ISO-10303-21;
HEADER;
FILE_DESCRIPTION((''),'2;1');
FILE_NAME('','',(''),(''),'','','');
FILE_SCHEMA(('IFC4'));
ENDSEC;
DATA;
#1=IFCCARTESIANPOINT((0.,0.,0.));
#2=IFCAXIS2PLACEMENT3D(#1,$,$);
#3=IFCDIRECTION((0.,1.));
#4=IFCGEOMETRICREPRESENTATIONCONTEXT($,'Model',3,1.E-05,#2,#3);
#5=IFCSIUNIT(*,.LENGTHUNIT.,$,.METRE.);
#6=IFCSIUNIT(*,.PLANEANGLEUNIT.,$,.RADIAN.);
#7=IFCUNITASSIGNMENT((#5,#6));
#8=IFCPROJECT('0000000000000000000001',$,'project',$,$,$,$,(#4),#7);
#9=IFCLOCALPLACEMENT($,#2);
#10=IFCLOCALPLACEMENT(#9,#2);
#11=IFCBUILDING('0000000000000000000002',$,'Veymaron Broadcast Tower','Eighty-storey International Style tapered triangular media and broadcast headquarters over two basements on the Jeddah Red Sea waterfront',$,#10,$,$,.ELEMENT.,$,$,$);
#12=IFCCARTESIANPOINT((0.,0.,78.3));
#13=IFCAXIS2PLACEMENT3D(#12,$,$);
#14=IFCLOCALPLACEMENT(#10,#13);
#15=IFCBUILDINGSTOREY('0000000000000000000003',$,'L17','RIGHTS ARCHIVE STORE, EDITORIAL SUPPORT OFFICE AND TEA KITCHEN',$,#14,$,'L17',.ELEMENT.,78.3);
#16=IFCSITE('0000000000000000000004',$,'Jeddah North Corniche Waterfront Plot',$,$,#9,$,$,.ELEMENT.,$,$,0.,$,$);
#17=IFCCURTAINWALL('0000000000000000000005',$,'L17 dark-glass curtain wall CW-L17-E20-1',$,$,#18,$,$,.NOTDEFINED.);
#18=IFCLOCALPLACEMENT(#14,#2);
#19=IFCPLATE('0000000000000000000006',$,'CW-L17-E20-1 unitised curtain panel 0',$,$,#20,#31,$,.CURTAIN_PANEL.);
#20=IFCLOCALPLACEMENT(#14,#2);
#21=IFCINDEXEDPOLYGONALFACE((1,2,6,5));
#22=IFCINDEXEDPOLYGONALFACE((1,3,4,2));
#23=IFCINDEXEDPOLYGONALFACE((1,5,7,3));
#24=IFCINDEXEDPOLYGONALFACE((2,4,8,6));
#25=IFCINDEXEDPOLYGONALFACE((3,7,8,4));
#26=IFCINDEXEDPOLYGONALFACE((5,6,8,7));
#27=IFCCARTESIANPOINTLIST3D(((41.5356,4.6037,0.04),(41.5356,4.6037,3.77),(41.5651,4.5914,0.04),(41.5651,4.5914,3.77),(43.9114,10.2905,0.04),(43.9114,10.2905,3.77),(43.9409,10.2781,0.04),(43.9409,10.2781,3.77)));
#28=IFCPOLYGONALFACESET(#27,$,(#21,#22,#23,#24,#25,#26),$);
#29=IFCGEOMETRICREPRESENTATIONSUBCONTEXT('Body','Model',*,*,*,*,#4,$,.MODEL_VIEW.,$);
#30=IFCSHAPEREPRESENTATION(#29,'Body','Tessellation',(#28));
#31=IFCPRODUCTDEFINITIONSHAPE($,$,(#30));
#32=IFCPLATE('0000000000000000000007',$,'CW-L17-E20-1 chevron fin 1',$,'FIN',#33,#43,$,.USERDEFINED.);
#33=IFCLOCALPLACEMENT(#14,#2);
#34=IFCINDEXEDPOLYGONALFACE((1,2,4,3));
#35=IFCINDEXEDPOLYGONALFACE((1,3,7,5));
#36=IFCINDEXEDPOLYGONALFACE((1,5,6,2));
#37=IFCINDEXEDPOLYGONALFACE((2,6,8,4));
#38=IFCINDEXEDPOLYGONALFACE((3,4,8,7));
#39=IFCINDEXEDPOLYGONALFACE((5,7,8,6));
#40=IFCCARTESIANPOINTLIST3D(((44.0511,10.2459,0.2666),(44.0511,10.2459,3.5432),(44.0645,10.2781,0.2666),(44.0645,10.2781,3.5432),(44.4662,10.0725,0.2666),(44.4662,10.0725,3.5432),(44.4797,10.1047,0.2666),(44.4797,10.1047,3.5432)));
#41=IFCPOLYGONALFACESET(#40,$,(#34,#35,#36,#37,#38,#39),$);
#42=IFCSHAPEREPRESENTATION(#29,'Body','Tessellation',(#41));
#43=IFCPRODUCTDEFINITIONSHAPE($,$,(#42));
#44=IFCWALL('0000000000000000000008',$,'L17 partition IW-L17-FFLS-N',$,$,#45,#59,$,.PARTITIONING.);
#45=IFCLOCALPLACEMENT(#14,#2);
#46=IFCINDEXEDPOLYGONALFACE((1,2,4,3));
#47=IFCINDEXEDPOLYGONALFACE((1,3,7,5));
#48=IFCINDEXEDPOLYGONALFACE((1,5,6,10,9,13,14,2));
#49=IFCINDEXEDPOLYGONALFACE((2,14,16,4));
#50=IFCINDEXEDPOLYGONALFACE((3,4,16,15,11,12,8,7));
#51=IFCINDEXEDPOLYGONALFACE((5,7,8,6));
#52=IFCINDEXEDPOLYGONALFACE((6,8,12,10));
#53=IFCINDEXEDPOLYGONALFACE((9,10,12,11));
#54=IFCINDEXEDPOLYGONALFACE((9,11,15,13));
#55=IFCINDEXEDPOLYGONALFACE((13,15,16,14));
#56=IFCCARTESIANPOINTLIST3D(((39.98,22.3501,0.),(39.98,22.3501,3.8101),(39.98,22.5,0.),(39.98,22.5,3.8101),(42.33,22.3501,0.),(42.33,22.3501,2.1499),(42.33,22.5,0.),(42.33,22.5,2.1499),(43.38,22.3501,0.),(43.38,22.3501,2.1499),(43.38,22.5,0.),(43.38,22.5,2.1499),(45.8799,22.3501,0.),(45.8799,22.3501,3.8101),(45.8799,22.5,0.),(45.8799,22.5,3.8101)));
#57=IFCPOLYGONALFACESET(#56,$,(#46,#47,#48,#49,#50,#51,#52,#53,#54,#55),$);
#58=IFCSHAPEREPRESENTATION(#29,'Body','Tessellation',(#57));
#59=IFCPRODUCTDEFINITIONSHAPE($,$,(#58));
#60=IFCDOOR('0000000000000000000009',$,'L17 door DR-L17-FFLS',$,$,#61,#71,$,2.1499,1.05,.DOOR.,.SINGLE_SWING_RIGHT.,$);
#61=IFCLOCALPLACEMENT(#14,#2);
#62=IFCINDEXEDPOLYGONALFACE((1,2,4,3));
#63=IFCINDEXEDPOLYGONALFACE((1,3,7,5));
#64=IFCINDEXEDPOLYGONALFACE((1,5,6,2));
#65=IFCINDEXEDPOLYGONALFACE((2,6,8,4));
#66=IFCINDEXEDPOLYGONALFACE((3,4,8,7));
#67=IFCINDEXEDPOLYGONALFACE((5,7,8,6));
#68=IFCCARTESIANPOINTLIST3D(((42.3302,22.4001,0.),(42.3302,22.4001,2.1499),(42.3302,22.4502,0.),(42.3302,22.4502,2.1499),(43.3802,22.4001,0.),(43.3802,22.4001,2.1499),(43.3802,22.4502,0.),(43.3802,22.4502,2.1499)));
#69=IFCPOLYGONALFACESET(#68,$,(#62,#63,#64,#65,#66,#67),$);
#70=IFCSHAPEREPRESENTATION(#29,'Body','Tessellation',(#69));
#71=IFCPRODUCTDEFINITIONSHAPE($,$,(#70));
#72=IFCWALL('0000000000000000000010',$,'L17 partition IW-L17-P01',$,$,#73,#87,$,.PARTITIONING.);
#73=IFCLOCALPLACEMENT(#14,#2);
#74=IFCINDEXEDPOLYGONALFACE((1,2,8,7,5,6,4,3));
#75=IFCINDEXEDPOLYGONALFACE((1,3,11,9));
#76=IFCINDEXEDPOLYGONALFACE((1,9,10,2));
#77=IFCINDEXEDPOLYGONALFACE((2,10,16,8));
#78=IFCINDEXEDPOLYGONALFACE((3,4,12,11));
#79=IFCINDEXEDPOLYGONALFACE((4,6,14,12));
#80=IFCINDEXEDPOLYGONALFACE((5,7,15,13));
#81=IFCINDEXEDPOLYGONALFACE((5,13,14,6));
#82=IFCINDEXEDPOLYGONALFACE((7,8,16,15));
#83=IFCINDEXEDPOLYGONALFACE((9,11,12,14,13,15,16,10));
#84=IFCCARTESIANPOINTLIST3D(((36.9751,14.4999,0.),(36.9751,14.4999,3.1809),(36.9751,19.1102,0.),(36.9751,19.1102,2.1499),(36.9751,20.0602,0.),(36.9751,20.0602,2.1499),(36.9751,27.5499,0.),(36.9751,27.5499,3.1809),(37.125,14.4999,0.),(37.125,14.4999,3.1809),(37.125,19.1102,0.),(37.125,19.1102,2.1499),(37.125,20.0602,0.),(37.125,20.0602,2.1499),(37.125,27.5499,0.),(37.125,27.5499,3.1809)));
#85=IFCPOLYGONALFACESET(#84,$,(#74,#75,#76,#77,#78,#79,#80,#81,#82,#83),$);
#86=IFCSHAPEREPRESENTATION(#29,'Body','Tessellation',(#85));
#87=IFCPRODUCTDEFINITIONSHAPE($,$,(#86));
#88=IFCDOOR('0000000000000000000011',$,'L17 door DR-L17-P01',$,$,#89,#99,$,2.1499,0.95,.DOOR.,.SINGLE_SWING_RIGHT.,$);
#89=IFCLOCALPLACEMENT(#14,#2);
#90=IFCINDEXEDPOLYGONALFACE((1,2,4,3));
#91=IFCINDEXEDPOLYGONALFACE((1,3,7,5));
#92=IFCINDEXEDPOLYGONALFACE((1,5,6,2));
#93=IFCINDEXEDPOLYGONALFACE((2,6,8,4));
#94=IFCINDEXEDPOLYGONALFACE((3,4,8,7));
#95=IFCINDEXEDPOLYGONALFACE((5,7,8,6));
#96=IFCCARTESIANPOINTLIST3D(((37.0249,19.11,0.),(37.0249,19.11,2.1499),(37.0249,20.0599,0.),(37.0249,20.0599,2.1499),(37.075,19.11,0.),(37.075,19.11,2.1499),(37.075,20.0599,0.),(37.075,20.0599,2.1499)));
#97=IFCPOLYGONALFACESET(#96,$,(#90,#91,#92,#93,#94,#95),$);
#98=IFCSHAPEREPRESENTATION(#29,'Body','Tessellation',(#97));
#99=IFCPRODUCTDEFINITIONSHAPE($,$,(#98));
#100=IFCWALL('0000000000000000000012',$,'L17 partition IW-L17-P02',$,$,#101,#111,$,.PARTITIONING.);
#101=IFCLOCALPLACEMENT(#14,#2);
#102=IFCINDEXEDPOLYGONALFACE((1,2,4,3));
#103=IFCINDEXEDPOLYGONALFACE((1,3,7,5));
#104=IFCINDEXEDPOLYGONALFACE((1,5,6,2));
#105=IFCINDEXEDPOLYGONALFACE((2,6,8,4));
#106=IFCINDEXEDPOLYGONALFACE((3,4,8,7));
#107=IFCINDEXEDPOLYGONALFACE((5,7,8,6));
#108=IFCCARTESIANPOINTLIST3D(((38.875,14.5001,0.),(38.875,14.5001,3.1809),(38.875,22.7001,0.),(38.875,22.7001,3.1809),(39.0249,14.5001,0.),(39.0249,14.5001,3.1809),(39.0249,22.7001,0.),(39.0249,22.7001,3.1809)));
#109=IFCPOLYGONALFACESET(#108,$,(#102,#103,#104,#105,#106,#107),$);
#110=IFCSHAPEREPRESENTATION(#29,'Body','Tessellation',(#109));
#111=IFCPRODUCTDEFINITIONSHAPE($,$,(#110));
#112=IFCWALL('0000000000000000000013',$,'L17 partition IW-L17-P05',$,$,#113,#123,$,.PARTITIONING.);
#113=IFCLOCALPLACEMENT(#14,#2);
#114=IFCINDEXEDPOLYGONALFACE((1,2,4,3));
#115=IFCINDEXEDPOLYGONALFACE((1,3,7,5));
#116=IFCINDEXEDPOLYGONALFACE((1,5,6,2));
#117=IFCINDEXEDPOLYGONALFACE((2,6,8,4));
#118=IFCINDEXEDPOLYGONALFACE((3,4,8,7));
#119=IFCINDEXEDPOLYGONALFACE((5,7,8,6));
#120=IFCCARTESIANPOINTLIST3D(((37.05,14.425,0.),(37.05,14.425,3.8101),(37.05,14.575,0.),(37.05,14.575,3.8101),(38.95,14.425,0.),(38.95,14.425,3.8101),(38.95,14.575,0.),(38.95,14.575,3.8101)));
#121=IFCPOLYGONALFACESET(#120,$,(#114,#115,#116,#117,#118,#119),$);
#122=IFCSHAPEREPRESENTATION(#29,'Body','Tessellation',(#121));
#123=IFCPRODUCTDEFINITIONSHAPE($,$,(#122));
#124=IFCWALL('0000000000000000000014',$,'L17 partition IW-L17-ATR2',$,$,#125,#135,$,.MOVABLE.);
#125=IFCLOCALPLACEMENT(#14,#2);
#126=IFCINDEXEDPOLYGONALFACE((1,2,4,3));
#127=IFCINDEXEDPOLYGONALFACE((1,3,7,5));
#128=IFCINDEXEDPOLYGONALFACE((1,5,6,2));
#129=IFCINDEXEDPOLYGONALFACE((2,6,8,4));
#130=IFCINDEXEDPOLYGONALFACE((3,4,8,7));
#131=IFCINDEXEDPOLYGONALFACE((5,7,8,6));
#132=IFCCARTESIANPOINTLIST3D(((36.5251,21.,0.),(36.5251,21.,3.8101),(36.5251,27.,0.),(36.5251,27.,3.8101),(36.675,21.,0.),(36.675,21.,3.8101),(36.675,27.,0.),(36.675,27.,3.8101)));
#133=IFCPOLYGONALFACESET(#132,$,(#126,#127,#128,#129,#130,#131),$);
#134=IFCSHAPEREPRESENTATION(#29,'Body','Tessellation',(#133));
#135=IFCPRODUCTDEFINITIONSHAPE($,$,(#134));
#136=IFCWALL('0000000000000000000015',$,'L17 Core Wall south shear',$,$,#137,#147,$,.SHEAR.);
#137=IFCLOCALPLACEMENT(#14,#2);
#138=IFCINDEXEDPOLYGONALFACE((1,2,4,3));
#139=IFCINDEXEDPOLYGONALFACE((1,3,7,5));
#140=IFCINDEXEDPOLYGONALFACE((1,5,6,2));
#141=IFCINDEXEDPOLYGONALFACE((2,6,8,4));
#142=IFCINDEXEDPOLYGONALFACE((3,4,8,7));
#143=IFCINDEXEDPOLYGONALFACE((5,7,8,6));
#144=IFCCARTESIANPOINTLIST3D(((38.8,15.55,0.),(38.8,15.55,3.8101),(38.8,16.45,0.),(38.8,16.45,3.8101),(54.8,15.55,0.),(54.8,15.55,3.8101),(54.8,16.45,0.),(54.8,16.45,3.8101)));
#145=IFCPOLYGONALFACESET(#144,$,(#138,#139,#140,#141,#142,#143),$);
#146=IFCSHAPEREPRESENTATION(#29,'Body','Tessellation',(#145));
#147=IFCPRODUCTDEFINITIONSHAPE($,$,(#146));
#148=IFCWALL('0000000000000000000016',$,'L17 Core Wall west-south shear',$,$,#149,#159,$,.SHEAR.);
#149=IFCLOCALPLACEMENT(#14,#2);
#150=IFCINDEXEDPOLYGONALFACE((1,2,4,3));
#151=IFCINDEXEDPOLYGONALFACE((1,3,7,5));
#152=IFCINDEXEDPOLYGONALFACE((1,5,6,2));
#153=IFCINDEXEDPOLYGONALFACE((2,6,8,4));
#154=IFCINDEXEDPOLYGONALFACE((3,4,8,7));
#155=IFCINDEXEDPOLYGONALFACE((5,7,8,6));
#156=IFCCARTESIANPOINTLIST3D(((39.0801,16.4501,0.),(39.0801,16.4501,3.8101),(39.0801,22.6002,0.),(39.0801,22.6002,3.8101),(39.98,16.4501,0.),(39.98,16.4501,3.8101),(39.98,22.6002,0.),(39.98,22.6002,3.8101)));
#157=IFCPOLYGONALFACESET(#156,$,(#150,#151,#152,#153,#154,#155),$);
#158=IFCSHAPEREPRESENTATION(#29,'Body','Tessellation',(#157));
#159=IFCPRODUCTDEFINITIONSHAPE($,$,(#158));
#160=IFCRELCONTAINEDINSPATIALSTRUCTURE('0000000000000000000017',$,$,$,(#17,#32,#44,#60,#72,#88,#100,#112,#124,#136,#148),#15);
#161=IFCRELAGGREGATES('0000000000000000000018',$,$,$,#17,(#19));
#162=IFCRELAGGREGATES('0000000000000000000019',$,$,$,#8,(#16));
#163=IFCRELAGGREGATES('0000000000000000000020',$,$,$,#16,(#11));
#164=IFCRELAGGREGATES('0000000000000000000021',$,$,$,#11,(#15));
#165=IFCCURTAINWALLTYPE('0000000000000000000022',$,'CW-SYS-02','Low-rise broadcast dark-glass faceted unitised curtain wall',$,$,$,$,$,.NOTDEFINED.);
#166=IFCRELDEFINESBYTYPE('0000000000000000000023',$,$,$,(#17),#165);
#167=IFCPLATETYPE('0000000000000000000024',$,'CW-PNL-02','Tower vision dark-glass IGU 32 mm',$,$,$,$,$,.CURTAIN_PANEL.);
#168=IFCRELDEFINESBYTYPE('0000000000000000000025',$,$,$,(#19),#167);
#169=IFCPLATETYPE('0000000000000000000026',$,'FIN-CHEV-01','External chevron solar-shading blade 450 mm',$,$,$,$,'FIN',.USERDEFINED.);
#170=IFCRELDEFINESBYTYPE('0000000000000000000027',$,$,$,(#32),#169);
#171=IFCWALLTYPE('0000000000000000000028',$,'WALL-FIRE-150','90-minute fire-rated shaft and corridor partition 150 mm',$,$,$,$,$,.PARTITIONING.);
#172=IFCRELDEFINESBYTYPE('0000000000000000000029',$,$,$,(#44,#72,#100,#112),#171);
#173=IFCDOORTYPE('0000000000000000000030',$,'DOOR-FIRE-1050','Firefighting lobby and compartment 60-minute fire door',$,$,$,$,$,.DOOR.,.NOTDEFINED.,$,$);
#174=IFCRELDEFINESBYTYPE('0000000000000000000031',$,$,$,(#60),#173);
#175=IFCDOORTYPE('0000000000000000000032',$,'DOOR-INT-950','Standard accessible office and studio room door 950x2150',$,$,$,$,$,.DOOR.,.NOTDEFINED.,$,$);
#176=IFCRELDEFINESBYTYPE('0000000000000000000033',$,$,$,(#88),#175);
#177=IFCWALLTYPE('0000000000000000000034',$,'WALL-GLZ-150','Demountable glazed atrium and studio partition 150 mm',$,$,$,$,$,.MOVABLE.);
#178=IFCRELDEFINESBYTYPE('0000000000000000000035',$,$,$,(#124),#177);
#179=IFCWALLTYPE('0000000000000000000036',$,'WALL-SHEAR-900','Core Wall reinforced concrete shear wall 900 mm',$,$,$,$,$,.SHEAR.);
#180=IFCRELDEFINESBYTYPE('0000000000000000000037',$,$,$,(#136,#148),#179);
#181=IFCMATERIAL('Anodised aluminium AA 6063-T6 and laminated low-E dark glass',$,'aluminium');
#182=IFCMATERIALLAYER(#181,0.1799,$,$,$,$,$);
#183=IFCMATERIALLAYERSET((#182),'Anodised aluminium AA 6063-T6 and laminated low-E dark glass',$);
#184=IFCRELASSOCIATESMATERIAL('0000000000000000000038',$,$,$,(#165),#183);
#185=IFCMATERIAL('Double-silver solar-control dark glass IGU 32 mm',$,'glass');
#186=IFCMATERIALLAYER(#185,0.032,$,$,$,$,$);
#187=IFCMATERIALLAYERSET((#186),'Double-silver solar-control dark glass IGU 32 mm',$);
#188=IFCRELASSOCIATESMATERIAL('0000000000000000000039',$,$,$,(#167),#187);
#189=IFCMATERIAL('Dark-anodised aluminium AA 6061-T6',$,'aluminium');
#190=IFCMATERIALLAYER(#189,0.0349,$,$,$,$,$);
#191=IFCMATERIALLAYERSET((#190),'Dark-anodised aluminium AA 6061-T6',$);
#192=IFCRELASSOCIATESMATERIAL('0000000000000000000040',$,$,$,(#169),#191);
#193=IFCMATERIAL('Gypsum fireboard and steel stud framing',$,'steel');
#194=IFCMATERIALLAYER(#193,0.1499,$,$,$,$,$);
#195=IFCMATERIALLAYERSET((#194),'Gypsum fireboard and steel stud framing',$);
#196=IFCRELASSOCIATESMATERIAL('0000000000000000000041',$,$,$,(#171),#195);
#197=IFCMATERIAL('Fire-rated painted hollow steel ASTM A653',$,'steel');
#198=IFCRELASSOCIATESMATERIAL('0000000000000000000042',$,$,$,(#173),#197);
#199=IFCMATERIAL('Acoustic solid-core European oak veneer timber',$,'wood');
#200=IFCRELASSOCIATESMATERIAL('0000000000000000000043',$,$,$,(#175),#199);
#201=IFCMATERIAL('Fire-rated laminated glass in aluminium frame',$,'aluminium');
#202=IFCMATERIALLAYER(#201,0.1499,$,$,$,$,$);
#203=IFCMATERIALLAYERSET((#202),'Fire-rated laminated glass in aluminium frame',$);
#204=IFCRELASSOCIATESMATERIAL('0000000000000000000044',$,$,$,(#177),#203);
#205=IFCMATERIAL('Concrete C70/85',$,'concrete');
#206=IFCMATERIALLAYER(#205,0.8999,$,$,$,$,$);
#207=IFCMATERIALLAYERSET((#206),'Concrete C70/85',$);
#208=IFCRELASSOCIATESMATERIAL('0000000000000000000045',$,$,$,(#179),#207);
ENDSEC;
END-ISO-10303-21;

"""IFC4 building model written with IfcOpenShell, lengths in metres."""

from ifc_helpers import new_model, si_unit, direction, frame, frame_2d, origin, origin_2d, place, context, subcontext, project, spatial, rectangle, extrude, material, layer, layer_set, type_object, element, fill, aggregate, save


model = new_model("IFC4")

# Units and contexts
model_context = context("Model", 3, precision=1e-05, world=origin(), true_north=direction((0.0, 1.0)))
body_context = subcontext(model_context, "Body", "Model", "MODEL_VIEW")
ifc_project = project(units=[si_unit("LENGTHUNIT", "METRE"), si_unit("PLANEANGLEUNIT", "RADIAN")], contexts=[model_context])

# Site, building, storey
site_placement = place(None, origin())
site = spatial("IfcSite", under=ifc_project, at=site_placement, Name="Jeddah North Corniche Waterfront Plot", CompositionType="ELEMENT", RefElevation=0.0)
building_placement = place(site_placement, origin())
building = spatial("IfcBuilding", under=site, at=building_placement, Name="Veymaron Broadcast Tower", Description="Eighty-storey International Style tapered triangular media and broadcast headquarters over two basements on the Jeddah Red Sea waterfront", CompositionType="ELEMENT")
storey_placement = place(building_placement, frame((0.0, 0.0, 78.3)))
storey = spatial("IfcBuildingStorey", under=building, at=storey_placement, Name="L17", Description="RIGHTS ARCHIVE STORE, EDITORIAL SUPPORT OFFICE AND TEA KITCHEN", LongName="L17", CompositionType="ELEMENT", Elevation=78.3)

# Shared definitions
ifc_material_1 = material(Name="Concrete C70/85", Category="concrete")

# Curtain wall, plate
ifc_material_2 = material(Name="Anodised aluminium AA 6063-T6 and laminated low-E dark glass", Category="aluminium")
ifc_layer_1 = layer(ifc_material_2, 0.1799)
ifc_layer_set_1 = layer_set([ifc_layer_1], Name="Anodised aluminium AA 6063-T6 and laminated low-E dark glass")
curtain_wall_type = type_object("IfcCurtainWallType", Name="CW-SYS-02", Description="Low-rise broadcast dark-glass faceted unitised curtain wall", PredefinedType="NOTDEFINED", material=ifc_layer_set_1)
curtain_wall_placement = place(storey_placement, origin())
curtain_wall = element("IfcCurtainWall", 1, at=curtain_wall_placement, inside=storey, type_object=curtain_wall_type, Name="L17 dark-glass curtain wall CW-L17-E20-1", PredefinedType="NOTDEFINED")
ifc_material_3 = material(Name="Double-silver solar-control dark glass IGU 32 mm", Category="glass")
ifc_layer_2 = layer(ifc_material_3, 0.032)
ifc_layer_set_2 = layer_set([ifc_layer_2], Name="Double-silver solar-control dark glass IGU 32 mm")
plate_type_1 = type_object("IfcPlateType", Name="CW-PNL-02", Description="Tower vision dark-glass IGU 32 mm", PredefinedType="CURTAIN_PANEL", material=ifc_layer_set_2)
plate_1_placement = place(storey_placement, frame((42.7383, 7.4409, 0.04), z_axis=(0.0, 0.0, 1.0), x_axis=(0.385487, 0.922713, 0.0)))
plate_1 = element("IfcPlate", 2, at=plate_1_placement, type_object=plate_type_1, Name="CW-L17-E20-1 unitised curtain panel 0", PredefinedType="CURTAIN_PANEL", context=body_context, shape_type="SweptSolid", body=[
    extrude(rectangle(XDim=6.1631, YDim=0.032, at=origin_2d()), origin(), (0.0, 0.0, 1.0), 3.73),
])
aggregate(curtain_wall, [plate_1])

# Plate
ifc_material_4 = material(Name="Dark-anodised aluminium AA 6061-T6", Category="aluminium")
ifc_layer_3 = layer(ifc_material_4, 0.0349)
ifc_layer_set_3 = layer_set([ifc_layer_3], Name="Dark-anodised aluminium AA 6061-T6")
plate_type_2 = type_object("IfcPlateType", Name="FIN-CHEV-01", Description="External chevron solar-shading blade 450 mm", ElementType="FIN", PredefinedType="USERDEFINED", material=ifc_layer_set_3)
plate_2_placement = place(storey_placement, frame((44.2654, 10.1753, 0.2666), z_axis=(0.0, 0.0, 1.0), x_axis=(0.922713, -0.385487, 0.0)))
element("IfcPlate", 3, at=plate_2_placement, inside=storey, type_object=plate_type_2, Name="CW-L17-E20-1 chevron fin 1", ObjectType="FIN", PredefinedType="USERDEFINED", context=body_context, shape_type="SweptSolid", body=[
    extrude(rectangle(XDim=0.45, YDim=0.0349, at=origin_2d()), origin(), (0.0, 0.0, 1.0), 3.2766),
])

# Walls, openings, doors
ifc_material_5 = material(Name="Gypsum fireboard and steel stud framing", Category="steel")
ifc_layer_4 = layer(ifc_material_5, 0.1499)
ifc_layer_set_4 = layer_set([ifc_layer_4], Name="Gypsum fireboard and steel stud framing")
wall_type_1 = type_object("IfcWallType", Name="WALL-FIRE-150", Description="90-minute fire-rated shaft and corridor partition 150 mm", PredefinedType="PARTITIONING", material=ifc_layer_set_4)
wall_1_placement = place(storey_placement, frame((39.98, 22.425, 0.0), z_axis=(0.0, 0.0, 1.0), x_axis=(1.0, 0.0, 0.0)))
wall_1 = element("IfcWall", 4, at=wall_1_placement, inside=storey, type_object=wall_type_1, Name="L17 partition IW-L17-FFLS-N", PredefinedType="PARTITIONING", context=body_context, shape_type="SweptSolid", body=[
    extrude(rectangle(XDim=5.8999, YDim=0.1499, at=frame_2d((2.95, 0.0))), origin(), (0.0, 0.0, 1.0), 3.8101),
])
opening_1_placement = place(wall_1_placement, frame((2.3501, 0.0, 0.0)))
opening_1 = element("IfcOpeningElement", 5, at=opening_1_placement, cuts=wall_1, PredefinedType="OPENING", context=body_context, shape_type="SweptSolid", body=[
    extrude(rectangle(XDim=1.05, YDim=2.1499, at=frame_2d((0.5249, 1.075))), frame((0.0, 0.085, 0.0), z_axis=(0.0, -1.0, 0.0), x_axis=(1.0, 0.0, 0.0)), (0.0, 0.0, 1.0), 0.1699),
])
ifc_material_6 = material(Name="Fire-rated painted hollow steel ASTM A653", Category="steel")
door_type_1 = type_object("IfcDoorType", Name="DOOR-FIRE-1050", Description="Firefighting lobby and compartment 60-minute fire door", OperationType="NOTDEFINED", PredefinedType="DOOR", material=ifc_material_6)
door_1_placement = place(opening_1_placement, frame((1.05, 0.0, 0.0), z_axis=(0.0, 0.0, 1.0), x_axis=(-1.0, 0.0, 0.0)))
door_1 = element("IfcDoor", 6, at=door_1_placement, inside=storey, type_object=door_type_1, Name="L17 door DR-L17-FFLS", OperationType="SINGLE_SWING_RIGHT", OverallHeight=2.1499, OverallWidth=1.05, PredefinedType="DOOR", context=body_context, shape_type="SweptSolid", body=[
    extrude(rectangle(XDim=1.05, YDim=2.1499, at=frame_2d((0.5249, 1.075))), frame((0.0, 0.0249, 0.0), z_axis=(0.0, -1.0, 0.0), x_axis=(1.0, 0.0, 0.0)), (0.0, 0.0, 1.0), 0.05),
])
fill(opening_1, door_1)
wall_2_placement = place(storey_placement, frame((37.05, 14.5, 0.0), z_axis=(0.0, 0.0, 1.0), x_axis=(0.0, 1.0, 0.0)))
wall_2 = element("IfcWall", 7, at=wall_2_placement, inside=storey, type_object=wall_type_1, Name="L17 partition IW-L17-P01", PredefinedType="PARTITIONING", context=body_context, shape_type="SweptSolid", body=[
    extrude(rectangle(XDim=13.05, YDim=0.1499, at=frame_2d((6.5249, 0.0))), origin(), (0.0, 0.0, 1.0), 3.1809),
])
opening_2_placement = place(wall_2_placement, frame((4.6101, 0.0, 0.0)))
opening_2 = element("IfcOpeningElement", 8, at=opening_2_placement, cuts=wall_2, PredefinedType="OPENING", context=body_context, shape_type="SweptSolid", body=[
    extrude(rectangle(XDim=0.95, YDim=2.1499, at=frame_2d((0.4751, 1.075))), frame((0.0, 0.085, 0.0), z_axis=(0.0, -1.0, 0.0), x_axis=(1.0, 0.0, 0.0)), (0.0, 0.0, 1.0), 0.1699),
])
ifc_material_7 = material(Name="Acoustic solid-core European oak veneer timber", Category="wood")
door_type_2 = type_object("IfcDoorType", Name="DOOR-INT-950", Description="Standard accessible office and studio room door 950x2150", OperationType="NOTDEFINED", PredefinedType="DOOR", material=ifc_material_7)
door_2_placement = place(opening_2_placement, frame((0.95, 0.0, 0.0), z_axis=(0.0, 0.0, 1.0), x_axis=(-1.0, 0.0, 0.0)))
door_2 = element("IfcDoor", 9, at=door_2_placement, inside=storey, type_object=door_type_2, Name="L17 door DR-L17-P01", OperationType="SINGLE_SWING_RIGHT", OverallHeight=2.1499, OverallWidth=0.95, PredefinedType="DOOR", context=body_context, shape_type="SweptSolid", body=[
    extrude(rectangle(XDim=0.95, YDim=2.1499, at=frame_2d((0.4751, 1.075))), frame((0.0, 0.0249, 0.0), z_axis=(0.0, -1.0, 0.0), x_axis=(1.0, 0.0, 0.0)), (0.0, 0.0, 1.0), 0.05),
])
fill(opening_2, door_2)

# Walls
wall_3_placement = place(storey_placement, frame((38.95, 14.5, 0.0), z_axis=(0.0, 0.0, 1.0), x_axis=(0.0, 1.0, 0.0)))
element("IfcWall", 10, at=wall_3_placement, inside=storey, type_object=wall_type_1, Name="L17 partition IW-L17-P02", PredefinedType="PARTITIONING", context=body_context, shape_type="SweptSolid", body=[
    extrude(rectangle(XDim=8.2, YDim=0.1499, at=frame_2d((4.1001, 0.0))), origin(), (0.0, 0.0, 1.0), 3.1809),
])
wall_4_placement = place(storey_placement, frame((37.05, 14.5, 0.0), z_axis=(0.0, 0.0, 1.0), x_axis=(1.0, 0.0, 0.0)))
element("IfcWall", 11, at=wall_4_placement, inside=storey, type_object=wall_type_1, Name="L17 partition IW-L17-P05", PredefinedType="PARTITIONING", context=body_context, shape_type="SweptSolid", body=[
    extrude(rectangle(XDim=1.8999, YDim=0.1499, at=frame_2d((0.95, 0.0))), origin(), (0.0, 0.0, 1.0), 3.8101),
])
ifc_material_8 = material(Name="Fire-rated laminated glass in aluminium frame", Category="aluminium")
ifc_layer_5 = layer(ifc_material_8, 0.1499)
ifc_layer_set_5 = layer_set([ifc_layer_5], Name="Fire-rated laminated glass in aluminium frame")
wall_type_2 = type_object("IfcWallType", Name="WALL-GLZ-150", Description="Demountable glazed atrium and studio partition 150 mm", PredefinedType="MOVABLE", material=ifc_layer_set_5)
wall_5_placement = place(storey_placement, frame((36.6001, 21.0, 0.0), z_axis=(0.0, 0.0, 1.0), x_axis=(0.0, 1.0, 0.0)))
element("IfcWall", 12, at=wall_5_placement, inside=storey, type_object=wall_type_2, Name="L17 partition IW-L17-ATR2", PredefinedType="MOVABLE", context=body_context, shape_type="SweptSolid", body=[
    extrude(rectangle(XDim=6.0, YDim=0.1499, at=frame_2d((3.0, 0.0))), origin(), (0.0, 0.0, 1.0), 3.8101),
])

# Walls
ifc_layer_6 = layer(ifc_material_1, 0.8999)
ifc_layer_set_6 = layer_set([ifc_layer_6], Name="Concrete C70/85")
wall_type_3 = type_object("IfcWallType", Name="WALL-SHEAR-900", Description="Core Wall reinforced concrete shear wall 900 mm", PredefinedType="SHEAR", material=ifc_layer_set_6)
wall_6_placement = place(storey_placement, frame((38.8, 16.0, 0.0), z_axis=(0.0, 0.0, 1.0), x_axis=(1.0, 0.0, 0.0)))
element("IfcWall", 13, at=wall_6_placement, inside=storey, type_object=wall_type_3, Name="L17 Core Wall south shear", PredefinedType="SHEAR", context=body_context, shape_type="SweptSolid", body=[
    extrude(rectangle(XDim=16.0, YDim=0.8999, at=frame_2d((8.0, 0.0))), origin(), (0.0, 0.0, 1.0), 3.8101),
])
wall_7_placement = place(storey_placement, frame((39.53, 16.45, 0.0), z_axis=(0.0, 0.0, 1.0), x_axis=(0.0, 1.0, 0.0)))
element("IfcWall", 14, at=wall_7_placement, inside=storey, type_object=wall_type_3, Name="L17 Core Wall west-south shear", PredefinedType="SHEAR", context=body_context, shape_type="SweptSolid", body=[
    extrude(rectangle(XDim=6.1501, YDim=0.8999, at=frame_2d((3.0752, 0.0))), origin(), (0.0, 0.0, 1.0), 3.8101),
])

save(model, "model.ifc")
